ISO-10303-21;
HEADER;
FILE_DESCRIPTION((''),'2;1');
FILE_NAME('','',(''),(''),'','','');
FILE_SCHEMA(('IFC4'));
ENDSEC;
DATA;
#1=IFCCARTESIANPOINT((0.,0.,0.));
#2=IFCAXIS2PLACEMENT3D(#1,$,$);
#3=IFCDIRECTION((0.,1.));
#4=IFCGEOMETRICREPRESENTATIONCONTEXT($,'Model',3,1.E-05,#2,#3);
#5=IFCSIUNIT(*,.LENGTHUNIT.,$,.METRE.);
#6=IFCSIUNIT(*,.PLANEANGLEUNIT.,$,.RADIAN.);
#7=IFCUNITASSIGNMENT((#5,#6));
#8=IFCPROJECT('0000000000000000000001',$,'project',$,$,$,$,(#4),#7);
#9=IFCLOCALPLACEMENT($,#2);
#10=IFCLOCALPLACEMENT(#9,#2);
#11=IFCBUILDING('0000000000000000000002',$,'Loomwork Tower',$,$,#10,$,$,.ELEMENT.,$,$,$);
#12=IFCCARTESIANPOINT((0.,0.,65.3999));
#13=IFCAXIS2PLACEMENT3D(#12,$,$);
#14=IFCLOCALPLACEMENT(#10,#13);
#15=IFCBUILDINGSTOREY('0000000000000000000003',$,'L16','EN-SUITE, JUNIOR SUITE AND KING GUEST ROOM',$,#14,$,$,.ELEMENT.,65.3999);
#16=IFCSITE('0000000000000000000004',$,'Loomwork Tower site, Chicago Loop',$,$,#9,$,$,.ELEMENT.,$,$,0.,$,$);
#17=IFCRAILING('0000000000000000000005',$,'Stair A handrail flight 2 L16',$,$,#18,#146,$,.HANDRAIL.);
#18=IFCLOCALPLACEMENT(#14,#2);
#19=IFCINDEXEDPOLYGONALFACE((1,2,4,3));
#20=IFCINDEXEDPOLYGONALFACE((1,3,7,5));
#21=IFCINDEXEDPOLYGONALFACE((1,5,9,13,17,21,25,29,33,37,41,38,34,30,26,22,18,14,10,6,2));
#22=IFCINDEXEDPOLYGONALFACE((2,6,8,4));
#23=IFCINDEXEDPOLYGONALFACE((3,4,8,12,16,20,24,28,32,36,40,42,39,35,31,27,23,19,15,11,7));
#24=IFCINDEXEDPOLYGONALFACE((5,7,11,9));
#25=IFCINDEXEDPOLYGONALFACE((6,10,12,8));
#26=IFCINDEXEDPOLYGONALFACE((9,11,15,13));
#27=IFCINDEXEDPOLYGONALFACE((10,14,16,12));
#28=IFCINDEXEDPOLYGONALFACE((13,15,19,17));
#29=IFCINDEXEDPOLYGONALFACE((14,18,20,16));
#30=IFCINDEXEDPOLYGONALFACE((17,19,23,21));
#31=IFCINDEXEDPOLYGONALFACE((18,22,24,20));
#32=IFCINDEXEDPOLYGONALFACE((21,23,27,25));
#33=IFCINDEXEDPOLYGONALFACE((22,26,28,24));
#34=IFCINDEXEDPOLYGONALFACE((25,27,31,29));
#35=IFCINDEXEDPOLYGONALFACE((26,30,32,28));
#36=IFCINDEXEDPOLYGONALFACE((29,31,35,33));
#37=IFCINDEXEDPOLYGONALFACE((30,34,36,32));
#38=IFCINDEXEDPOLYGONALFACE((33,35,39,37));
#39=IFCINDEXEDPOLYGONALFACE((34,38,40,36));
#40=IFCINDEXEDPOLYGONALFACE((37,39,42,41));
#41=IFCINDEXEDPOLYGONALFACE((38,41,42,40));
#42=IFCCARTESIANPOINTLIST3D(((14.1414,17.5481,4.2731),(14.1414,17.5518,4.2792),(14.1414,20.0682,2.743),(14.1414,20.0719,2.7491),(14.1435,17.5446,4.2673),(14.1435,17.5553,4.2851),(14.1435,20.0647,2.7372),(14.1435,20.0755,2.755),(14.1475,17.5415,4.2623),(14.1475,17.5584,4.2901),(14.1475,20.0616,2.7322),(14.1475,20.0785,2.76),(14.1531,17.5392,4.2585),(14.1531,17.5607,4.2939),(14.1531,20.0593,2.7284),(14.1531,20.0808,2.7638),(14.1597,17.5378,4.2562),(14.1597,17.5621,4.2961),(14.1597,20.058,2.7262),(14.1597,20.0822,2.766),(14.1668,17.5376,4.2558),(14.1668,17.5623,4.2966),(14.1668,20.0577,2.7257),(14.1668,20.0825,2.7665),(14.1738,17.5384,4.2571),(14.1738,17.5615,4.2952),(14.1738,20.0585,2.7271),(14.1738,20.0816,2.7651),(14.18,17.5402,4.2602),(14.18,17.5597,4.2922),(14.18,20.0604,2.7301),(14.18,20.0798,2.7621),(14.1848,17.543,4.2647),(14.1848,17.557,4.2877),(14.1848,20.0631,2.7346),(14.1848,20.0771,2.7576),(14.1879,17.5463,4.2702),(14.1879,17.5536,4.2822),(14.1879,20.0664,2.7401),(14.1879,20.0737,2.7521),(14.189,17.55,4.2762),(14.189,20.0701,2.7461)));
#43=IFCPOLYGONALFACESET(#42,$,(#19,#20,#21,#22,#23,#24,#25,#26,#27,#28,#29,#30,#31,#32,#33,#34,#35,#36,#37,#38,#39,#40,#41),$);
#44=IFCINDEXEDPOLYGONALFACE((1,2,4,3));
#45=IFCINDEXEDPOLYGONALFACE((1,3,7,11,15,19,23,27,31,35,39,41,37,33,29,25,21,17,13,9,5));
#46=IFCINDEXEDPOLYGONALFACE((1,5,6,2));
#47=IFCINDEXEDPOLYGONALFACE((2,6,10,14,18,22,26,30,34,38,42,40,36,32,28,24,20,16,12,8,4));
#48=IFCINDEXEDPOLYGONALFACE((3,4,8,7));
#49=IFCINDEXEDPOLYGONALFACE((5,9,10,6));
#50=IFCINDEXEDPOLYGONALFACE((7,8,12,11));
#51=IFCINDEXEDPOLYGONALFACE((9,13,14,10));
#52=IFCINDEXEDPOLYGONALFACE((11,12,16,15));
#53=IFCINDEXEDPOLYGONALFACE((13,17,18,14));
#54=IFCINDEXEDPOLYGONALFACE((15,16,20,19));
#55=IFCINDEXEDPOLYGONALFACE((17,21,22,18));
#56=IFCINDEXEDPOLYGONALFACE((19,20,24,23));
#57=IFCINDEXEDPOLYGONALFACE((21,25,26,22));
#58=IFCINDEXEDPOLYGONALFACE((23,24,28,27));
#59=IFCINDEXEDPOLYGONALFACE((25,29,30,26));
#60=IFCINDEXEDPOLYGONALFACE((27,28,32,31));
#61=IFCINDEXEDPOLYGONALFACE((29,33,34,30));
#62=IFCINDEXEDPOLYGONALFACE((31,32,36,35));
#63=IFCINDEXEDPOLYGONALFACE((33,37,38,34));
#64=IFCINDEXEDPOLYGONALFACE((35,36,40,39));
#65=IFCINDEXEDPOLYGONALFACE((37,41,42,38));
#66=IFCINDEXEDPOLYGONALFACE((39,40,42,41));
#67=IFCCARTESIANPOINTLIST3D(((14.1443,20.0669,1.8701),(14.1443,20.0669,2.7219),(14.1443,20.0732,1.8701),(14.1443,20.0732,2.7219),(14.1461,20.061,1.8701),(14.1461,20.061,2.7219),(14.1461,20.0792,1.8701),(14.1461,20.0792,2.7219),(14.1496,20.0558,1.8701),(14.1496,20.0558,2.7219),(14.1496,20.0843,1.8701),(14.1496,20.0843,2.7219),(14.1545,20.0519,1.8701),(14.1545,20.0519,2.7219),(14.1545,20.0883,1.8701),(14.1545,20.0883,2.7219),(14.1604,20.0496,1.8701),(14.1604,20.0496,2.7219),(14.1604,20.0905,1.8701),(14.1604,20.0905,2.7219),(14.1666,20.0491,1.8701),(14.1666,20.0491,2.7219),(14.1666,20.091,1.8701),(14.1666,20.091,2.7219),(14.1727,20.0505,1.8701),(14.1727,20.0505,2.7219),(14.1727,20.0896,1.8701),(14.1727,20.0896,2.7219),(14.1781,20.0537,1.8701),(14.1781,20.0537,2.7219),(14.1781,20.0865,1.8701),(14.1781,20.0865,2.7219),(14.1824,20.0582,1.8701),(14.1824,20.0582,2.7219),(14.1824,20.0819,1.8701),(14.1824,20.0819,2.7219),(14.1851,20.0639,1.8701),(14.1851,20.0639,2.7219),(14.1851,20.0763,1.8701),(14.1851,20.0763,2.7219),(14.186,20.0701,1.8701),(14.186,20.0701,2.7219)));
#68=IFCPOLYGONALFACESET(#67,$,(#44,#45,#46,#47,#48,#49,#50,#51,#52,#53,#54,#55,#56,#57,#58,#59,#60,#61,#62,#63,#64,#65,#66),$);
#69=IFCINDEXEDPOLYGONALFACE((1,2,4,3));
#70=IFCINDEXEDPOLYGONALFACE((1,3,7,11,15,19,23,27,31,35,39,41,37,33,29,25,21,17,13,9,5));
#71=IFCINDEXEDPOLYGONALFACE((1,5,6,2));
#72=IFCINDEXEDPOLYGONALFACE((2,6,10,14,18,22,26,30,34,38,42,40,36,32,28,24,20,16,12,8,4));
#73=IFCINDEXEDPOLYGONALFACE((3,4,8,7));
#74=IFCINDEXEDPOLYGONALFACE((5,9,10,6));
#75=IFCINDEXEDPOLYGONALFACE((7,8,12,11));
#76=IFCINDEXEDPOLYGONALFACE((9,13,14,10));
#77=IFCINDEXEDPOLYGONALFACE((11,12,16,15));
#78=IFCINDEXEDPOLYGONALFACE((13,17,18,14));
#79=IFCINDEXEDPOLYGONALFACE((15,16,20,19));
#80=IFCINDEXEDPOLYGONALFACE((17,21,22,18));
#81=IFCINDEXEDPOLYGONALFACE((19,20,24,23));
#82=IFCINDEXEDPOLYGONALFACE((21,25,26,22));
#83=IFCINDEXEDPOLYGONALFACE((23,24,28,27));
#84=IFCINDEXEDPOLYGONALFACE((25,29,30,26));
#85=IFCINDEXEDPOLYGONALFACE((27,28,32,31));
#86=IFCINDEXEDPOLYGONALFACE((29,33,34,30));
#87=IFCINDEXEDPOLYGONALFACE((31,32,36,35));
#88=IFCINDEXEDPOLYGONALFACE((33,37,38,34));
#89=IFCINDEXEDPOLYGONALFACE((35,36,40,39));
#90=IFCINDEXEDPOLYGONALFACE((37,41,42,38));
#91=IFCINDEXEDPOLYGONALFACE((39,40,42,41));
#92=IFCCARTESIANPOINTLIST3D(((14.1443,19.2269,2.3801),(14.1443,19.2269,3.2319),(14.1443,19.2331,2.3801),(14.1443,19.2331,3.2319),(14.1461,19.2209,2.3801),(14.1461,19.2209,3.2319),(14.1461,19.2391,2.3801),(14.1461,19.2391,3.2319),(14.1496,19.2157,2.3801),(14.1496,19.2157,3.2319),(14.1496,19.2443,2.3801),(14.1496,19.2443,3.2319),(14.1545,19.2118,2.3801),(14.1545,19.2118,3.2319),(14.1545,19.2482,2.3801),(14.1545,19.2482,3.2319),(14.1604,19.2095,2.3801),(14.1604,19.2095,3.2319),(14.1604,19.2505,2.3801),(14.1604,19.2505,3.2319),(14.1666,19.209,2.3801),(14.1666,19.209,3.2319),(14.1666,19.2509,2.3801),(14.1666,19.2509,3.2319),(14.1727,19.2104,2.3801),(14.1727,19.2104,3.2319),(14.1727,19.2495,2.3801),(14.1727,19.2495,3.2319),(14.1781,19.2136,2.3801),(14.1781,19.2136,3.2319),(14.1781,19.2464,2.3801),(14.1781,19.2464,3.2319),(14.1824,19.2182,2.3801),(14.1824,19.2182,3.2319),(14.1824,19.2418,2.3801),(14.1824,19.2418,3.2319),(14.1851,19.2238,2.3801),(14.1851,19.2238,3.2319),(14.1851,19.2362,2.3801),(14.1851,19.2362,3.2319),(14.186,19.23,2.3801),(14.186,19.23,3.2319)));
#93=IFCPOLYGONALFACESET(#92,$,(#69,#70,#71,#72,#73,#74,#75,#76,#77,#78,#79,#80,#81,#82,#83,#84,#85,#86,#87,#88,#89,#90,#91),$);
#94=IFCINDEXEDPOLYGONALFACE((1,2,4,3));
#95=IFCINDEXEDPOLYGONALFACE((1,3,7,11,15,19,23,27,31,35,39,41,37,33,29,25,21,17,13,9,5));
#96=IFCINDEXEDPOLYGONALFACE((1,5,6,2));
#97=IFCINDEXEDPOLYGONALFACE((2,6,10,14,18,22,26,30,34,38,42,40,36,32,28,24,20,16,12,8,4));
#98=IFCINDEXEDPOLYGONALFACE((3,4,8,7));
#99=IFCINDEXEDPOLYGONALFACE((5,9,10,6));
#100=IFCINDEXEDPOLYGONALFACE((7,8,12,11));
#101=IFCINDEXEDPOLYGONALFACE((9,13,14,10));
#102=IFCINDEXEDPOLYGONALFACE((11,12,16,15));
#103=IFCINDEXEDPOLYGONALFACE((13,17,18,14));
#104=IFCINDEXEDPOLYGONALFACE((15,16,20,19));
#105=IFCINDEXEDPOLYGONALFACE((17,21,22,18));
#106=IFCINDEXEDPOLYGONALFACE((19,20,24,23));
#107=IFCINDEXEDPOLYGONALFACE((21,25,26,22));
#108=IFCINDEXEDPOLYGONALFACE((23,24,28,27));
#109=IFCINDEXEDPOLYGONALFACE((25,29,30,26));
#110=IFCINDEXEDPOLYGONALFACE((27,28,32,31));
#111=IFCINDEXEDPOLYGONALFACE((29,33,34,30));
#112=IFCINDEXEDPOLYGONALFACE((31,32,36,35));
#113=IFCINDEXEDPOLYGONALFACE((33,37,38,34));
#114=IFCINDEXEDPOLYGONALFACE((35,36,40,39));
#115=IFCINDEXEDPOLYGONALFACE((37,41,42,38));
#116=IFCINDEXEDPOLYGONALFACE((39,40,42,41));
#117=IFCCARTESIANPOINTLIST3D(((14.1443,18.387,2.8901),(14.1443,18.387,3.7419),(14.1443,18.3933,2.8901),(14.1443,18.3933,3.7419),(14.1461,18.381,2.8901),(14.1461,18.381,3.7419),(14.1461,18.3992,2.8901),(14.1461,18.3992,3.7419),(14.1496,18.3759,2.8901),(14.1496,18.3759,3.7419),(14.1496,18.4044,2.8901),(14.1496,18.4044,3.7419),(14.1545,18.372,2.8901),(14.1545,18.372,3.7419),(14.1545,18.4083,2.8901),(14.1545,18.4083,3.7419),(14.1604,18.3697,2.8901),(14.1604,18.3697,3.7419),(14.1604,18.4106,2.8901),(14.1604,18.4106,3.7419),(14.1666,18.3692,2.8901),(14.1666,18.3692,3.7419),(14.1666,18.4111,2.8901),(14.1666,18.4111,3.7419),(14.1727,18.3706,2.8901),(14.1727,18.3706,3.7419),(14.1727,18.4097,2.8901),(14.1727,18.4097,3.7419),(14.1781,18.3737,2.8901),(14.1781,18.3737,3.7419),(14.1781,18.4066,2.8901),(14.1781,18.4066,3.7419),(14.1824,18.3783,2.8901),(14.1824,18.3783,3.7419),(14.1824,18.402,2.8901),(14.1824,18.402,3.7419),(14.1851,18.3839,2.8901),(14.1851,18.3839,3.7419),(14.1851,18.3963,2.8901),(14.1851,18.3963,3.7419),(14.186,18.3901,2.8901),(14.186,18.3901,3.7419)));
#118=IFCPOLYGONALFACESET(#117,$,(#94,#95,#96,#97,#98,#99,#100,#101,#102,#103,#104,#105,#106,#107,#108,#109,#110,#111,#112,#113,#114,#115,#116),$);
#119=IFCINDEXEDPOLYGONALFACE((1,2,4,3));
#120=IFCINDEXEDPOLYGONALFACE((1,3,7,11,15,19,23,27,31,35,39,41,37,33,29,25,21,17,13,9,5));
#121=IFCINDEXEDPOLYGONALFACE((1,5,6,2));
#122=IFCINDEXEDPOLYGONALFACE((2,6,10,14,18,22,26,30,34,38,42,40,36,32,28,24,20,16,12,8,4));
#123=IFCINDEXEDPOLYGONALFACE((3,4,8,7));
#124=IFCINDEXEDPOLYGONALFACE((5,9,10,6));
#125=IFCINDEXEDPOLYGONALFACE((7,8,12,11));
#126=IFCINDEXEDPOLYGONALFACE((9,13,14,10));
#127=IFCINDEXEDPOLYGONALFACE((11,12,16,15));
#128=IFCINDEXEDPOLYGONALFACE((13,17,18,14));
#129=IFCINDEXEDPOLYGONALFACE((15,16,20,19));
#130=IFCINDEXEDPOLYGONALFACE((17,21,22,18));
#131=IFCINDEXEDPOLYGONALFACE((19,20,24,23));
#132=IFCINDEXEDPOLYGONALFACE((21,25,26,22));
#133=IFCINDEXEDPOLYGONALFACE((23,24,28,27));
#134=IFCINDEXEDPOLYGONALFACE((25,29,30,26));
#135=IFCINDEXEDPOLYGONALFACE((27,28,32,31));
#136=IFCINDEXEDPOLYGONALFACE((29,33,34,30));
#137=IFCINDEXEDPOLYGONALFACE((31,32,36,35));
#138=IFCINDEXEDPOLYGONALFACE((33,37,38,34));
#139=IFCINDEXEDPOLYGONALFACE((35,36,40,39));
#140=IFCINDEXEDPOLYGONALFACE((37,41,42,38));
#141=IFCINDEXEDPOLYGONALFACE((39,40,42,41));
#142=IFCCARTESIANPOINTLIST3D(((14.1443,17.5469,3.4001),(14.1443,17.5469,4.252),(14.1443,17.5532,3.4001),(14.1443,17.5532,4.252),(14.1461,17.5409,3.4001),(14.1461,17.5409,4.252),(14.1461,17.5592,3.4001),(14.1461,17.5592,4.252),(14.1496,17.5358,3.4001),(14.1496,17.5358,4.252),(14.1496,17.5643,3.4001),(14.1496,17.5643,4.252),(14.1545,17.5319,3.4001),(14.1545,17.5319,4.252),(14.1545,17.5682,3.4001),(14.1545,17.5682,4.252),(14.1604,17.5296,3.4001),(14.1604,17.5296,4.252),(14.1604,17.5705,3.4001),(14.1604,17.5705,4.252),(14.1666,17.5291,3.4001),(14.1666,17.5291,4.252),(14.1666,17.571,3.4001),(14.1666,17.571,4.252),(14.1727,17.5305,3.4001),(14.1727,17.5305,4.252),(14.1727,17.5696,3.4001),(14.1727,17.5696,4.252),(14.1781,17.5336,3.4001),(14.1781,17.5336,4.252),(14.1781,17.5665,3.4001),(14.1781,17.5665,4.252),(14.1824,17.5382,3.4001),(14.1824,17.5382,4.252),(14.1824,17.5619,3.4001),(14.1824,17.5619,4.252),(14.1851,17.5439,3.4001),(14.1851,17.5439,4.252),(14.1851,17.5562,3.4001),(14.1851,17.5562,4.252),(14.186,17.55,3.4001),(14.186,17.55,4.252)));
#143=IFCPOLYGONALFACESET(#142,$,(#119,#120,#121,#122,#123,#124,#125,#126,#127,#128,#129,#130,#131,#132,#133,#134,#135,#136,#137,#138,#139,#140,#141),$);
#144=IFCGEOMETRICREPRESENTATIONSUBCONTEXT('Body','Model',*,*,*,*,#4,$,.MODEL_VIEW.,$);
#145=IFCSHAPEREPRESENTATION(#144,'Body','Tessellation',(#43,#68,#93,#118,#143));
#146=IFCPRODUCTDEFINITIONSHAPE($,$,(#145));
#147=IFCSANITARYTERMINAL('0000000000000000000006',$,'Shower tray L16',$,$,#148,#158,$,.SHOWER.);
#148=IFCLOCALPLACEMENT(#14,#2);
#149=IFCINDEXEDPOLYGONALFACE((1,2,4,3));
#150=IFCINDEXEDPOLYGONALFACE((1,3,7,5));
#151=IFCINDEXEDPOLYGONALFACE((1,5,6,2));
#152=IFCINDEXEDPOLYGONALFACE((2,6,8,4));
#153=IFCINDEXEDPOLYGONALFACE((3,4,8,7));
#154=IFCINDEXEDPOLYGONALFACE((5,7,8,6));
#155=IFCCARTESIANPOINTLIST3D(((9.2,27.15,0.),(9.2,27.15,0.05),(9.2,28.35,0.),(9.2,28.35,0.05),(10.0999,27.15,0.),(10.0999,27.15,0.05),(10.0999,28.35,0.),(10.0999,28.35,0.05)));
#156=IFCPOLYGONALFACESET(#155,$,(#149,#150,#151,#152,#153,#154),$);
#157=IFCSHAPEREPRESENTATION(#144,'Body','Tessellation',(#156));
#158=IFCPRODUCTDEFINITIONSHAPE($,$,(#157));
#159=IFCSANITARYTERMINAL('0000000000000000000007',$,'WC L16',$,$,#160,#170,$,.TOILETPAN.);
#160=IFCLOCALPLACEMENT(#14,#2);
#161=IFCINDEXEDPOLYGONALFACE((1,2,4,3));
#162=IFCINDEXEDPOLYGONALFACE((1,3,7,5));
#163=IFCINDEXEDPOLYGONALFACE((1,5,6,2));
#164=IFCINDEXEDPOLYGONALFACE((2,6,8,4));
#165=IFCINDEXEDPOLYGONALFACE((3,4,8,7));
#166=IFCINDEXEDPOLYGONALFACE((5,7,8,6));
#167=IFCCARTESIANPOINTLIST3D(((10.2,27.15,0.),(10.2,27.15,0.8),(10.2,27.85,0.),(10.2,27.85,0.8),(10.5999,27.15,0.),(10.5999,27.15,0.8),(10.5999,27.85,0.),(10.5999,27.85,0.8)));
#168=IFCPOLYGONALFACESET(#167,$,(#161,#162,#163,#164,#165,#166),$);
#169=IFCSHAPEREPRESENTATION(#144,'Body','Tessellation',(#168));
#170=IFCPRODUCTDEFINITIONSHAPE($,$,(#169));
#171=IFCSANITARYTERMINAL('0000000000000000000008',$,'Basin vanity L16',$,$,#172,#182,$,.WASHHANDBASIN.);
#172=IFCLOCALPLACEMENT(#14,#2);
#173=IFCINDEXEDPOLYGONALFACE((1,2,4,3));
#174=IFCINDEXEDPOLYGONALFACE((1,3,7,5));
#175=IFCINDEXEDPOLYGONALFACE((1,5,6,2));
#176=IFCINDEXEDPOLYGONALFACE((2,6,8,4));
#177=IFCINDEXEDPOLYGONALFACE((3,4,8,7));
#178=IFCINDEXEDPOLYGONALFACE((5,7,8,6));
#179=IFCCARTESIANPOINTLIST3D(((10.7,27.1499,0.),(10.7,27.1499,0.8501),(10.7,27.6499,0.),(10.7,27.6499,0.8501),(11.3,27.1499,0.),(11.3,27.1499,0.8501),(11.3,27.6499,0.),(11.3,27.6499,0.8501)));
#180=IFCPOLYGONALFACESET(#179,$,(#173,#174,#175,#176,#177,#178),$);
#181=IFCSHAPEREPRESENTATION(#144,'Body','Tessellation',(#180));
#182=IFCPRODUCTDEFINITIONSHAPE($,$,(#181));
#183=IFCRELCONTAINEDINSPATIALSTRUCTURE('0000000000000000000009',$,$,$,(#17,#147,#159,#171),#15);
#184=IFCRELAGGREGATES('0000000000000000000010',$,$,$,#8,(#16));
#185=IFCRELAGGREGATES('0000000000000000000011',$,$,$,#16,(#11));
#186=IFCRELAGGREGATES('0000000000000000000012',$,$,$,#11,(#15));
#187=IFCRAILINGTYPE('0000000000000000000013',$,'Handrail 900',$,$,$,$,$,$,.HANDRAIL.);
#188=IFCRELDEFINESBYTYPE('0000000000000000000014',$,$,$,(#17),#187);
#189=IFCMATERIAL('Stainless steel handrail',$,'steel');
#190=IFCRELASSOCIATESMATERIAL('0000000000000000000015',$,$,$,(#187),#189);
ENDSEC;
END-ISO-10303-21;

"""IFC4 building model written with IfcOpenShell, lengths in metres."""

from ifc_helpers import new_model, si_unit, direction, frame, origin, origin_2d, place, context, subcontext, project, spatial, rectangle, circle, extrude, material, type_object, element, save


model = new_model("IFC4")

# Units and contexts
model_context = context("Model", 3, precision=1e-05, world=origin(), true_north=direction((0.0, 1.0)))
body_context = subcontext(model_context, "Body", "Model", "MODEL_VIEW")
ifc_project = project(units=[si_unit("LENGTHUNIT", "METRE"), si_unit("PLANEANGLEUNIT", "RADIAN")], contexts=[model_context])

# Site, building, storey
site_placement = place(None, origin())
site = spatial("IfcSite", under=ifc_project, at=site_placement, Name="Loomwork Tower site, Chicago Loop", CompositionType="ELEMENT", RefElevation=0.0)
building_placement = place(site_placement, origin())
building = spatial("IfcBuilding", under=site, at=building_placement, Name="Loomwork Tower", CompositionType="ELEMENT")
storey_placement = place(building_placement, frame((0.0, 0.0, 65.3999)))
storey = spatial("IfcBuildingStorey", under=building, at=storey_placement, Name="L16", Description="EN-SUITE, JUNIOR SUITE AND KING GUEST ROOM", CompositionType="ELEMENT", Elevation=65.3999)

# Railing
ifc_material_1 = material(Name="Stainless steel handrail", Category="steel")
railing_type = type_object("IfcRailingType", Name="Handrail 900", PredefinedType="HANDRAIL", material=ifc_material_1)
railing_1_placement = place(storey_placement, frame((14.165, 20.0701, 1.8701)))
element("IfcRailing", 1, at=railing_1_placement, inside=storey, type_object=railing_type, Name="Stair A handrail flight 2 L16", PredefinedType="HANDRAIL", context=body_context, shape_type="SweptSolid", body=[
    extrude(circle(Radius=0.0239, at=origin_2d()), frame((0.0, 0.0, 0.876), z_axis=(0.0, -0.854785, 0.518982), x_axis=(1.0, 0.0, 0.0)), (0.0, 0.0, 1.0), 2.9482),
    extrude(circle(Radius=0.021, at=origin_2d()), origin(), (0.0, 0.0, 1.0), 0.8518),
    extrude(circle(Radius=0.021, at=origin_2d()), frame((0.0, -0.8401, 0.51)), (0.0, 0.0, 1.0), 0.8518),
    extrude(circle(Radius=0.021, at=origin_2d()), frame((0.0, -1.6799, 1.02)), (0.0, 0.0, 1.0), 0.8518),
    extrude(circle(Radius=0.021, at=origin_2d()), frame((0.0, -2.52, 1.53)), (0.0, 0.0, 1.0), 0.8518),
])

# Sanitary terminals
sanitary_terminal_1_placement = place(storey_placement, frame((9.6499, 27.75, 0.0), z_axis=(0.0, 0.0, 1.0), x_axis=(1.0, 0.0, 0.0)))
element("IfcSanitaryTerminal", 2, at=sanitary_terminal_1_placement, inside=storey, Name="Shower tray L16", PredefinedType="SHOWER", context=body_context, shape_type="SweptSolid", body=[
    extrude(rectangle(XDim=0.8999, YDim=1.2, at=origin_2d()), origin(), (0.0, 0.0, 1.0), 0.05),
])
sanitary_terminal_2_placement = place(storey_placement, frame((10.3999, 27.5, 0.0), z_axis=(0.0, 0.0, 1.0), x_axis=(1.0, 0.0, 0.0)))
element("IfcSanitaryTerminal", 3, at=sanitary_terminal_2_placement, inside=storey, Name="WC L16", PredefinedType="TOILETPAN", context=body_context, shape_type="SweptSolid", body=[
    extrude(rectangle(XDim=0.3999, YDim=0.7, at=origin_2d()), origin(), (0.0, 0.0, 1.0), 0.8),
])
sanitary_terminal_3_placement = place(storey_placement, frame((11.0, 27.3999, 0.0), z_axis=(0.0, 0.0, 1.0), x_axis=(1.0, 0.0, 0.0)))
element("IfcSanitaryTerminal", 4, at=sanitary_terminal_3_placement, inside=storey, Name="Basin vanity L16", PredefinedType="WASHHANDBASIN", context=body_context, shape_type="SweptSolid", body=[
    extrude(rectangle(XDim=0.6001, YDim=0.5, at=origin_2d()), origin(), (0.0, 0.0, 1.0), 0.8501),
])

save(model, "model.ifc")
